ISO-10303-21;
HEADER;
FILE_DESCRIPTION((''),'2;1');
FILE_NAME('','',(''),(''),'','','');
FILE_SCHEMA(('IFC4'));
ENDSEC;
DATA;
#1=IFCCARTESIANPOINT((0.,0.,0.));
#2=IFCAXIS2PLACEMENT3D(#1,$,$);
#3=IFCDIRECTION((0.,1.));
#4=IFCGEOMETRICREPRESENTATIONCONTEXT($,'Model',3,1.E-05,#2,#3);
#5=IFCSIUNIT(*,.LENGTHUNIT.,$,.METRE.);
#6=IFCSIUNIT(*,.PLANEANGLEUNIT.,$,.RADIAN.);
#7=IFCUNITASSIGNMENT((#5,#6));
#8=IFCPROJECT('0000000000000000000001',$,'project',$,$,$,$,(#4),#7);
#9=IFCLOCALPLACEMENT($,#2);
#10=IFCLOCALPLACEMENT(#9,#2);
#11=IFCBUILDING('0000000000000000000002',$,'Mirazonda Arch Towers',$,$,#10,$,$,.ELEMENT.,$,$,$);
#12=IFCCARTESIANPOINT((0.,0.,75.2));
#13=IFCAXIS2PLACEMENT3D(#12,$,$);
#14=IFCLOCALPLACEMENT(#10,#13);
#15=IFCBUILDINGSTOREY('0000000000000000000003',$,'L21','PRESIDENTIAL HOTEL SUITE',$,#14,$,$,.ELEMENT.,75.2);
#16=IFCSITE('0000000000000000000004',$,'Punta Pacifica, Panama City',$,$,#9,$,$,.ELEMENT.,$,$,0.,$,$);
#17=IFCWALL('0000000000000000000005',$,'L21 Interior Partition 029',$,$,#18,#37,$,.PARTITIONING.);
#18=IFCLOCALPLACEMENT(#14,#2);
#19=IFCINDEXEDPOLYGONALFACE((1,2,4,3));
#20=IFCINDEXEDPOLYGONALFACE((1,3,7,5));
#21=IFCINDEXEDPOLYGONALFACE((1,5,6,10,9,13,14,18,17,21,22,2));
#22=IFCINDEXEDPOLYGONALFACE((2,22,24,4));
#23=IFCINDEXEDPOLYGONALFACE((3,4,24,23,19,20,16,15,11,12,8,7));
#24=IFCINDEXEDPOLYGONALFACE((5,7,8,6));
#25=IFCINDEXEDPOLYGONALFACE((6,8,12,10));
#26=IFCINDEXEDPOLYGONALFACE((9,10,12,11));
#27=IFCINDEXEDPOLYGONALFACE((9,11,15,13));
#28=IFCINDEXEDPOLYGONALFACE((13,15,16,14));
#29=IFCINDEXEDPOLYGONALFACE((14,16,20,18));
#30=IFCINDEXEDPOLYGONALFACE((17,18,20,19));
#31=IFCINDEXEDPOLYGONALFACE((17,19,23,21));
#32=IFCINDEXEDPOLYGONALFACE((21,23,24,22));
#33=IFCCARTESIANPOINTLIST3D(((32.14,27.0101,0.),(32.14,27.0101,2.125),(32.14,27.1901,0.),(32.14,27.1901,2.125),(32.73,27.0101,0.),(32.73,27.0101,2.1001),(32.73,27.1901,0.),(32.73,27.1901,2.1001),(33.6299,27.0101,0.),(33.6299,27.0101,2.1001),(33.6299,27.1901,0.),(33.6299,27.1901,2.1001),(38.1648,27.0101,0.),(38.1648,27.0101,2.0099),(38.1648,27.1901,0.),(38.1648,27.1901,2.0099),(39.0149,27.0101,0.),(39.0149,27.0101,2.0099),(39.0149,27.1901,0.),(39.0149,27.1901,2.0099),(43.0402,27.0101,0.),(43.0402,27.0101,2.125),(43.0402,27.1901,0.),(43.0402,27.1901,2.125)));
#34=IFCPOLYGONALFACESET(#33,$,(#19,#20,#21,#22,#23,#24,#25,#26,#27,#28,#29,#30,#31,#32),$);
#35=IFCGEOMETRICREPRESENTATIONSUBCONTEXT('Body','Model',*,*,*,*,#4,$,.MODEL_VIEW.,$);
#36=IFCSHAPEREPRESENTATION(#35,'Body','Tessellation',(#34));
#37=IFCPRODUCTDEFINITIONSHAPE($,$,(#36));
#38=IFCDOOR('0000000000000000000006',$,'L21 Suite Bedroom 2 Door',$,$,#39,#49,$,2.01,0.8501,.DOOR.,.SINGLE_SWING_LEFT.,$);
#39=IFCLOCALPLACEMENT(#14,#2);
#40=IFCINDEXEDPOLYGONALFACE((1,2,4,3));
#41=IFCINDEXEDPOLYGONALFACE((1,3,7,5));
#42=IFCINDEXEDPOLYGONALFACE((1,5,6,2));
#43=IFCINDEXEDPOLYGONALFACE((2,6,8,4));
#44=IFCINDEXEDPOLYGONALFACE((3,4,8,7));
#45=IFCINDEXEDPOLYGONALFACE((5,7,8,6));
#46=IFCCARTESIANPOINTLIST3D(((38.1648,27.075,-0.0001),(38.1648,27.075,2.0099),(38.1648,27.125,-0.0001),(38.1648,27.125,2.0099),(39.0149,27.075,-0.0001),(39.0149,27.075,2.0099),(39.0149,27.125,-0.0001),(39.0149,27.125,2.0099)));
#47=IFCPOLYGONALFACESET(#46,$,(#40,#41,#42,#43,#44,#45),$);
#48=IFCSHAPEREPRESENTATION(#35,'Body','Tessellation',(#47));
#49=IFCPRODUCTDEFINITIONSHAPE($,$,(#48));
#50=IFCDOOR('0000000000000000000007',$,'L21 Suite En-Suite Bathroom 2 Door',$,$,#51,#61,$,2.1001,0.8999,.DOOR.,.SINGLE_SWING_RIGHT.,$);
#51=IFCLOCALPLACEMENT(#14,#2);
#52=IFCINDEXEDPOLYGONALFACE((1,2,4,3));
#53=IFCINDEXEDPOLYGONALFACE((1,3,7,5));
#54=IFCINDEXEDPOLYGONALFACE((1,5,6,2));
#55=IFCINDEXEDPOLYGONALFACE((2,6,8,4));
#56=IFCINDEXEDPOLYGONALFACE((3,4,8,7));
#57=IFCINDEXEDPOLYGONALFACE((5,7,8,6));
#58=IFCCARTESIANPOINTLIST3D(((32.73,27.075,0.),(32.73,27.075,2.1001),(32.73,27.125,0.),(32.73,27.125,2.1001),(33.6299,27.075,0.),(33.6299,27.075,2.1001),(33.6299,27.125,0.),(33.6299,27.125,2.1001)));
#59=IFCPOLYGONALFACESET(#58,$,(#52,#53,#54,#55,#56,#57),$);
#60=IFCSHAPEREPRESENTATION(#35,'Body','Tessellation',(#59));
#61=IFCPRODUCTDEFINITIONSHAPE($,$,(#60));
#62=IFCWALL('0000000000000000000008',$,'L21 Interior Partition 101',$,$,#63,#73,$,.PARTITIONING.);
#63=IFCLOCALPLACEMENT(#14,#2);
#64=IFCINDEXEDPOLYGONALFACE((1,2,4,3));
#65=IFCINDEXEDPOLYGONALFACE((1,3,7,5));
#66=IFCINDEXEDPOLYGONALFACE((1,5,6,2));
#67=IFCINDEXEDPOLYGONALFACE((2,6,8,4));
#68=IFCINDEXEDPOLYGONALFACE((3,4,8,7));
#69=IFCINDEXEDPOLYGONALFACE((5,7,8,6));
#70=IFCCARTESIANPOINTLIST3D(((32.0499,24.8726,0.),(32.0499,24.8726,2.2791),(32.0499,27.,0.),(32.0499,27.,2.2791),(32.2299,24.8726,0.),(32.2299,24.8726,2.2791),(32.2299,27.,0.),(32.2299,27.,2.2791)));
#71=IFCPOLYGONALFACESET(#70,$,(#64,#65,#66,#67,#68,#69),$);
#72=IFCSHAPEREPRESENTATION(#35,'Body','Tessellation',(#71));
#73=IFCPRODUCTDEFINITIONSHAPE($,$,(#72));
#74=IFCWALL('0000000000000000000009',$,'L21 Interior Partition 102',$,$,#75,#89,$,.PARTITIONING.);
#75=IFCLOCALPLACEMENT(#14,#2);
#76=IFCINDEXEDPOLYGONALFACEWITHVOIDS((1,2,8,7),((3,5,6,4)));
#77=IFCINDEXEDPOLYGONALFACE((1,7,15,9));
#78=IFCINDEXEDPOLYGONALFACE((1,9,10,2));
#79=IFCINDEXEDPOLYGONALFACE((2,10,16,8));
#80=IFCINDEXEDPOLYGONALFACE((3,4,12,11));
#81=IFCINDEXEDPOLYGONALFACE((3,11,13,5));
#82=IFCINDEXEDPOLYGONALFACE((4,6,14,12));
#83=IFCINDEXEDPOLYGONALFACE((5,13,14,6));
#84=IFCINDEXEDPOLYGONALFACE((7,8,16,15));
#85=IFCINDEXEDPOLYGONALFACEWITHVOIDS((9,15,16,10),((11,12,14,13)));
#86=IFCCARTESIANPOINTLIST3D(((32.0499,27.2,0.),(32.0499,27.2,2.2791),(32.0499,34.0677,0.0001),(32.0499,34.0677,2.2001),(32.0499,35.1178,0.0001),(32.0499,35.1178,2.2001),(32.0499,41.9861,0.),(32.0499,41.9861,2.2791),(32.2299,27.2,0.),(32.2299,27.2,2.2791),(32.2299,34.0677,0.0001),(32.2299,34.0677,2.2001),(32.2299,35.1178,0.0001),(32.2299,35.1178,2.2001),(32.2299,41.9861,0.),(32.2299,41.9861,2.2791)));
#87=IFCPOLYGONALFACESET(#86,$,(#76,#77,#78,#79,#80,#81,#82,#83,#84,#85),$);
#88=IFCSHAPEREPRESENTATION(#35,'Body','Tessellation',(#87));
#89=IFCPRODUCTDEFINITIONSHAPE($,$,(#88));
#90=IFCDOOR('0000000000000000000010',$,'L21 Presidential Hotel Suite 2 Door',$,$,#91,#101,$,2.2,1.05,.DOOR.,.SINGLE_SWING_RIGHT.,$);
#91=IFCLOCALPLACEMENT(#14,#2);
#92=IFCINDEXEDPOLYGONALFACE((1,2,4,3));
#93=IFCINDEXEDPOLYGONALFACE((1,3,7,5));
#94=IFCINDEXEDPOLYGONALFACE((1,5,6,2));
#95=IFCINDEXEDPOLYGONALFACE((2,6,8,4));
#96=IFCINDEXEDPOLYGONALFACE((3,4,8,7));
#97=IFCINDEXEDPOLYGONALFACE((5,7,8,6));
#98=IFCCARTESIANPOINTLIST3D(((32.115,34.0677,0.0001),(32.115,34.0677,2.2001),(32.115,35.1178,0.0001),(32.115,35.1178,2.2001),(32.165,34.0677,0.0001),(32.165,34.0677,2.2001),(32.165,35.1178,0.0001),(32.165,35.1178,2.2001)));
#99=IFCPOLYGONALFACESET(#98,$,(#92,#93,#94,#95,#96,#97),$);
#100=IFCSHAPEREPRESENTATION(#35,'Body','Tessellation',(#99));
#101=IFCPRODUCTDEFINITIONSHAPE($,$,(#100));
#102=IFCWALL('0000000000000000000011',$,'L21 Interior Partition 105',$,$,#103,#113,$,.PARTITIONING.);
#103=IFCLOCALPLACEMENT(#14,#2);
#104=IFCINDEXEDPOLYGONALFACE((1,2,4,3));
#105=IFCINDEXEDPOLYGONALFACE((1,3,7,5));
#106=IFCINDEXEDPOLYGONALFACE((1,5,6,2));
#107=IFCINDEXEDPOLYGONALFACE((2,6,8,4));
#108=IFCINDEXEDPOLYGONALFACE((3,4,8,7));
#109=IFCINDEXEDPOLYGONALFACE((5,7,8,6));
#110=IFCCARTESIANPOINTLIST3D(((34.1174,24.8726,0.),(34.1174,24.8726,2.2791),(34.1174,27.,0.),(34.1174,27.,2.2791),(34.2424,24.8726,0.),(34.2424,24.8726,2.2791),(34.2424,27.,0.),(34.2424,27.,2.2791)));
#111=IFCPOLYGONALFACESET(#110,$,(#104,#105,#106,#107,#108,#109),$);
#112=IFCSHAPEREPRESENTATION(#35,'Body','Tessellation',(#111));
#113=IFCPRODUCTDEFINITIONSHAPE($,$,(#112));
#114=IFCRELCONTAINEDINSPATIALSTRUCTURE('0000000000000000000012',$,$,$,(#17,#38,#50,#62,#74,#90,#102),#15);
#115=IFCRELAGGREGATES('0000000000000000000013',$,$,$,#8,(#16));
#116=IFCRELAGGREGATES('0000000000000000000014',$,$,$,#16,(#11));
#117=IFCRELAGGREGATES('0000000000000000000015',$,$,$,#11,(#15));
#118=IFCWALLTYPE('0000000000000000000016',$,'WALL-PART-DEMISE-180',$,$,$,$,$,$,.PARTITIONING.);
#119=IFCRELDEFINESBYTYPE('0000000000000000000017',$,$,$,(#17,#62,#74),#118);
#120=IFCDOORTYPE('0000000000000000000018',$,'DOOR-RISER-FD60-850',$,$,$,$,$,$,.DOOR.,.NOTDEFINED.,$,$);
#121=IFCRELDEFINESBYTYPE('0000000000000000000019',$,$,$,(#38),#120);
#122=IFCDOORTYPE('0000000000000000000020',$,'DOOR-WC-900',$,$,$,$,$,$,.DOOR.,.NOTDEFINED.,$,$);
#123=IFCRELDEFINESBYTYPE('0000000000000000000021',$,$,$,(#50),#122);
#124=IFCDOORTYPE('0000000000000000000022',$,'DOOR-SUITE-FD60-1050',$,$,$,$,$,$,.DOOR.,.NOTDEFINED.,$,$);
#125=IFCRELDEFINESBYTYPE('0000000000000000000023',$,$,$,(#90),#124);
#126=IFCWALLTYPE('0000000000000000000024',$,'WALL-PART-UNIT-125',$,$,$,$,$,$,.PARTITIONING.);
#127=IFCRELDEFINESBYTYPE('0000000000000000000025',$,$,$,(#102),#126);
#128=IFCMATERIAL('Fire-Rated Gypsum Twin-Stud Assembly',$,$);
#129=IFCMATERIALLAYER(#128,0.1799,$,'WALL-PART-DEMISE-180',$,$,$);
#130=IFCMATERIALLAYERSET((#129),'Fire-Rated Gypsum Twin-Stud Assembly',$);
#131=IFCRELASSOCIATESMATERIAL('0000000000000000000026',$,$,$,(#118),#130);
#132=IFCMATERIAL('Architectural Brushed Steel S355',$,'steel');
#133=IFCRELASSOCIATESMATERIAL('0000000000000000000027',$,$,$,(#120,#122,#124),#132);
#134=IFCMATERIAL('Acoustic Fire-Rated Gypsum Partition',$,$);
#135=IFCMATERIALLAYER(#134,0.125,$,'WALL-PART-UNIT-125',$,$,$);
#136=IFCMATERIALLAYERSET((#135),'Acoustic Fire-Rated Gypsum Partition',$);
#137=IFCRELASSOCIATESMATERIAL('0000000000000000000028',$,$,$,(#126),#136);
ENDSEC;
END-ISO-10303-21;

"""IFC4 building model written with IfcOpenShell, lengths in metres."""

from ifc_helpers import new_model, si_unit, direction, frame, frame_2d, origin, place, context, subcontext, project, spatial, rectangle, extrude, material, layer, layer_set, type_object, element, fill, save


model = new_model("IFC4")

# Units and contexts
model_context = context("Model", 3, precision=1e-05, world=origin(), true_north=direction((0.0, 1.0)))
body_context = subcontext(model_context, "Body", "Model", "MODEL_VIEW")
ifc_project = project(units=[si_unit("LENGTHUNIT", "METRE"), si_unit("PLANEANGLEUNIT", "RADIAN")], contexts=[model_context])

# Site, building, storey
site_placement = place(None, origin())
site = spatial("IfcSite", under=ifc_project, at=site_placement, Name="Punta Pacifica, Panama City", CompositionType="ELEMENT", RefElevation=0.0)
building_placement = place(site_placement, origin())
building = spatial("IfcBuilding", under=site, at=building_placement, Name="Mirazonda Arch Towers", CompositionType="ELEMENT")
storey_placement = place(building_placement, frame((0.0, 0.0, 75.2)))
storey = spatial("IfcBuildingStorey", under=building, at=storey_placement, Name="L21", Description="PRESIDENTIAL HOTEL SUITE", CompositionType="ELEMENT", Elevation=75.2)

# Wall, openings, doors
ifc_material_1 = material(Name="Fire-Rated Gypsum Twin-Stud Assembly")
ifc_layer_1 = layer(ifc_material_1, 0.1799, Name="WALL-PART-DEMISE-180")
ifc_layer_set_1 = layer_set([ifc_layer_1], Name="Fire-Rated Gypsum Twin-Stud Assembly")
wall_type_1 = type_object("IfcWallType", Name="WALL-PART-DEMISE-180", PredefinedType="PARTITIONING", material=ifc_layer_set_1)
wall_1_placement = place(storey_placement, frame((32.1399, 27.1001, 0.0), z_axis=(0.0, 0.0, 1.0), x_axis=(1.0, 0.0, 0.0)))
wall_1 = element("IfcWall", 1, at=wall_1_placement, inside=storey, type_object=wall_type_1, Name="L21 Interior Partition 029", PredefinedType="PARTITIONING", context=body_context, shape_type="SweptSolid", body=[
    extrude(rectangle(XDim=10.9001, YDim=0.1799, at=frame_2d((5.4502, 0.0))), origin(), (0.0, 0.0, 1.0), 2.125),
])
opening_1_placement = place(wall_1_placement, frame((6.0249, 0.0, 0.0)))
opening_1 = element("IfcOpeningElement", 2, at=opening_1_placement, cuts=wall_1, PredefinedType="OPENING", context=body_context, shape_type="SweptSolid", body=[
    extrude(rectangle(XDim=0.8501, YDim=2.01, at=frame_2d((0.425, 1.0049))), frame((0.0, 0.0999, 0.0), z_axis=(0.0, -1.0, 0.0), x_axis=(1.0, 0.0, 0.0)), (0.0, 0.0, 1.0), 0.2),
])
opening_2_placement = place(wall_1_placement, frame((0.5901, 0.0, 0.0)))
opening_2 = element("IfcOpeningElement", 3, at=opening_2_placement, cuts=wall_1, PredefinedType="OPENING", context=body_context, shape_type="SweptSolid", body=[
    extrude(rectangle(XDim=0.8999, YDim=2.1001, at=frame_2d((0.45, 1.05))), frame((0.0, 0.0999, 0.0), z_axis=(0.0, -1.0, 0.0), x_axis=(1.0, 0.0, 0.0)), (0.0, 0.0, 1.0), 0.2),
])
ifc_material_2 = material(Name="Architectural Brushed Steel S355", Category="steel")
door_type_1 = type_object("IfcDoorType", Name="DOOR-RISER-FD60-850", OperationType="NOTDEFINED", PredefinedType="DOOR", material=ifc_material_2)
door_1_placement = place(opening_1_placement, origin())
door_1 = element("IfcDoor", 4, at=door_1_placement, inside=storey, type_object=door_type_1, Name="L21 Suite Bedroom 2 Door", OperationType="SINGLE_SWING_LEFT", OverallHeight=2.01, OverallWidth=0.8501, PredefinedType="DOOR", context=body_context, shape_type="SweptSolid", body=[
    extrude(rectangle(XDim=0.8501, YDim=2.01, at=frame_2d((0.425, 1.0049))), frame((0.0, 0.0249, 0.0), z_axis=(0.0, -1.0, 0.0), x_axis=(1.0, 0.0, 0.0)), (0.0, 0.0, 1.0), 0.05),
])
fill(opening_1, door_1)
door_type_2 = type_object("IfcDoorType", Name="DOOR-WC-900", OperationType="NOTDEFINED", PredefinedType="DOOR", material=ifc_material_2)
door_2_placement = place(opening_2_placement, origin())
door_2 = element("IfcDoor", 5, at=door_2_placement, inside=storey, type_object=door_type_2, Name="L21 Suite En-Suite Bathroom 2 Door", OperationType="SINGLE_SWING_RIGHT", OverallHeight=2.1001, OverallWidth=0.8999, PredefinedType="DOOR", context=body_context, shape_type="SweptSolid", body=[
    extrude(rectangle(XDim=0.8999, YDim=2.1001, at=frame_2d((0.45, 1.05))), frame((0.0, 0.0249, 0.0), z_axis=(0.0, -1.0, 0.0), x_axis=(1.0, 0.0, 0.0)), (0.0, 0.0, 1.0), 0.05),
])
fill(opening_2, door_2)

# Wall
wall_2_placement = place(storey_placement, frame((32.1399, 24.8726, 0.0), z_axis=(0.0, 0.0, 1.0), x_axis=(0.0, 1.0, 0.0)))
element("IfcWall", 6, at=wall_2_placement, inside=storey, type_object=wall_type_1, Name="L21 Interior Partition 101", PredefinedType="PARTITIONING", context=body_context, shape_type="SweptSolid", body=[
    extrude(rectangle(XDim=2.1274, YDim=0.1799, at=frame_2d((1.0637, 0.0))), origin(), (0.0, 0.0, 1.0), 2.2791),
])

# Wall, opening, door
wall_3_placement = place(storey_placement, frame((32.1399, 27.2, 0.0), z_axis=(0.0, 0.0, 1.0), x_axis=(0.0, 1.0, 0.0)))
wall_3 = element("IfcWall", 7, at=wall_3_placement, inside=storey, type_object=wall_type_1, Name="L21 Interior Partition 102", PredefinedType="PARTITIONING", context=body_context, shape_type="SweptSolid", body=[
    extrude(rectangle(XDim=14.7861, YDim=0.1799, at=frame_2d((7.3931, 0.0))), origin(), (0.0, 0.0, 1.0), 2.2791),
])
opening_3_placement = place(wall_3_placement, frame((6.8679, 0.0, 0.0)))
opening_3 = element("IfcOpeningElement", 8, at=opening_3_placement, cuts=wall_3, PredefinedType="OPENING", context=body_context, shape_type="SweptSolid", body=[
    extrude(rectangle(XDim=1.05, YDim=2.2, at=frame_2d((0.5249, 1.1001))), frame((0.0, 0.0999, 0.0), z_axis=(0.0, -1.0, 0.0), x_axis=(1.0, 0.0, 0.0)), (0.0, 0.0, 1.0), 0.2),
])
door_type_3 = type_object("IfcDoorType", Name="DOOR-SUITE-FD60-1050", OperationType="NOTDEFINED", PredefinedType="DOOR", material=ifc_material_2)
door_3_placement = place(opening_3_placement, origin())
door_3 = element("IfcDoor", 9, at=door_3_placement, inside=storey, type_object=door_type_3, Name="L21 Presidential Hotel Suite 2 Door", OperationType="SINGLE_SWING_RIGHT", OverallHeight=2.2, OverallWidth=1.05, PredefinedType="DOOR", context=body_context, shape_type="SweptSolid", body=[
    extrude(rectangle(XDim=1.05, YDim=2.2, at=frame_2d((0.5249, 1.1001))), frame((0.0, 0.0249, 0.0), z_axis=(0.0, -1.0, 0.0), x_axis=(1.0, 0.0, 0.0)), (0.0, 0.0, 1.0), 0.05),
])
fill(opening_3, door_3)

# Wall
ifc_material_3 = material(Name="Acoustic Fire-Rated Gypsum Partition")
ifc_layer_2 = layer(ifc_material_3, 0.125, Name="WALL-PART-UNIT-125")
ifc_layer_set_2 = layer_set([ifc_layer_2], Name="Acoustic Fire-Rated Gypsum Partition")
wall_type_2 = type_object("IfcWallType", Name="WALL-PART-UNIT-125", PredefinedType="PARTITIONING", material=ifc_layer_set_2)
wall_4_placement = place(storey_placement, frame((34.1799, 24.8726, 0.0), z_axis=(0.0, 0.0, 1.0), x_axis=(0.0, 1.0, 0.0)))
element("IfcWall", 10, at=wall_4_placement, inside=storey, type_object=wall_type_2, Name="L21 Interior Partition 105", PredefinedType="PARTITIONING", context=body_context, shape_type="SweptSolid", body=[
    extrude(rectangle(XDim=2.1274, YDim=0.125, at=frame_2d((1.0637, 0.0))), origin(), (0.0, 0.0, 1.0), 2.2791),
])

save(model, "model.ifc")
